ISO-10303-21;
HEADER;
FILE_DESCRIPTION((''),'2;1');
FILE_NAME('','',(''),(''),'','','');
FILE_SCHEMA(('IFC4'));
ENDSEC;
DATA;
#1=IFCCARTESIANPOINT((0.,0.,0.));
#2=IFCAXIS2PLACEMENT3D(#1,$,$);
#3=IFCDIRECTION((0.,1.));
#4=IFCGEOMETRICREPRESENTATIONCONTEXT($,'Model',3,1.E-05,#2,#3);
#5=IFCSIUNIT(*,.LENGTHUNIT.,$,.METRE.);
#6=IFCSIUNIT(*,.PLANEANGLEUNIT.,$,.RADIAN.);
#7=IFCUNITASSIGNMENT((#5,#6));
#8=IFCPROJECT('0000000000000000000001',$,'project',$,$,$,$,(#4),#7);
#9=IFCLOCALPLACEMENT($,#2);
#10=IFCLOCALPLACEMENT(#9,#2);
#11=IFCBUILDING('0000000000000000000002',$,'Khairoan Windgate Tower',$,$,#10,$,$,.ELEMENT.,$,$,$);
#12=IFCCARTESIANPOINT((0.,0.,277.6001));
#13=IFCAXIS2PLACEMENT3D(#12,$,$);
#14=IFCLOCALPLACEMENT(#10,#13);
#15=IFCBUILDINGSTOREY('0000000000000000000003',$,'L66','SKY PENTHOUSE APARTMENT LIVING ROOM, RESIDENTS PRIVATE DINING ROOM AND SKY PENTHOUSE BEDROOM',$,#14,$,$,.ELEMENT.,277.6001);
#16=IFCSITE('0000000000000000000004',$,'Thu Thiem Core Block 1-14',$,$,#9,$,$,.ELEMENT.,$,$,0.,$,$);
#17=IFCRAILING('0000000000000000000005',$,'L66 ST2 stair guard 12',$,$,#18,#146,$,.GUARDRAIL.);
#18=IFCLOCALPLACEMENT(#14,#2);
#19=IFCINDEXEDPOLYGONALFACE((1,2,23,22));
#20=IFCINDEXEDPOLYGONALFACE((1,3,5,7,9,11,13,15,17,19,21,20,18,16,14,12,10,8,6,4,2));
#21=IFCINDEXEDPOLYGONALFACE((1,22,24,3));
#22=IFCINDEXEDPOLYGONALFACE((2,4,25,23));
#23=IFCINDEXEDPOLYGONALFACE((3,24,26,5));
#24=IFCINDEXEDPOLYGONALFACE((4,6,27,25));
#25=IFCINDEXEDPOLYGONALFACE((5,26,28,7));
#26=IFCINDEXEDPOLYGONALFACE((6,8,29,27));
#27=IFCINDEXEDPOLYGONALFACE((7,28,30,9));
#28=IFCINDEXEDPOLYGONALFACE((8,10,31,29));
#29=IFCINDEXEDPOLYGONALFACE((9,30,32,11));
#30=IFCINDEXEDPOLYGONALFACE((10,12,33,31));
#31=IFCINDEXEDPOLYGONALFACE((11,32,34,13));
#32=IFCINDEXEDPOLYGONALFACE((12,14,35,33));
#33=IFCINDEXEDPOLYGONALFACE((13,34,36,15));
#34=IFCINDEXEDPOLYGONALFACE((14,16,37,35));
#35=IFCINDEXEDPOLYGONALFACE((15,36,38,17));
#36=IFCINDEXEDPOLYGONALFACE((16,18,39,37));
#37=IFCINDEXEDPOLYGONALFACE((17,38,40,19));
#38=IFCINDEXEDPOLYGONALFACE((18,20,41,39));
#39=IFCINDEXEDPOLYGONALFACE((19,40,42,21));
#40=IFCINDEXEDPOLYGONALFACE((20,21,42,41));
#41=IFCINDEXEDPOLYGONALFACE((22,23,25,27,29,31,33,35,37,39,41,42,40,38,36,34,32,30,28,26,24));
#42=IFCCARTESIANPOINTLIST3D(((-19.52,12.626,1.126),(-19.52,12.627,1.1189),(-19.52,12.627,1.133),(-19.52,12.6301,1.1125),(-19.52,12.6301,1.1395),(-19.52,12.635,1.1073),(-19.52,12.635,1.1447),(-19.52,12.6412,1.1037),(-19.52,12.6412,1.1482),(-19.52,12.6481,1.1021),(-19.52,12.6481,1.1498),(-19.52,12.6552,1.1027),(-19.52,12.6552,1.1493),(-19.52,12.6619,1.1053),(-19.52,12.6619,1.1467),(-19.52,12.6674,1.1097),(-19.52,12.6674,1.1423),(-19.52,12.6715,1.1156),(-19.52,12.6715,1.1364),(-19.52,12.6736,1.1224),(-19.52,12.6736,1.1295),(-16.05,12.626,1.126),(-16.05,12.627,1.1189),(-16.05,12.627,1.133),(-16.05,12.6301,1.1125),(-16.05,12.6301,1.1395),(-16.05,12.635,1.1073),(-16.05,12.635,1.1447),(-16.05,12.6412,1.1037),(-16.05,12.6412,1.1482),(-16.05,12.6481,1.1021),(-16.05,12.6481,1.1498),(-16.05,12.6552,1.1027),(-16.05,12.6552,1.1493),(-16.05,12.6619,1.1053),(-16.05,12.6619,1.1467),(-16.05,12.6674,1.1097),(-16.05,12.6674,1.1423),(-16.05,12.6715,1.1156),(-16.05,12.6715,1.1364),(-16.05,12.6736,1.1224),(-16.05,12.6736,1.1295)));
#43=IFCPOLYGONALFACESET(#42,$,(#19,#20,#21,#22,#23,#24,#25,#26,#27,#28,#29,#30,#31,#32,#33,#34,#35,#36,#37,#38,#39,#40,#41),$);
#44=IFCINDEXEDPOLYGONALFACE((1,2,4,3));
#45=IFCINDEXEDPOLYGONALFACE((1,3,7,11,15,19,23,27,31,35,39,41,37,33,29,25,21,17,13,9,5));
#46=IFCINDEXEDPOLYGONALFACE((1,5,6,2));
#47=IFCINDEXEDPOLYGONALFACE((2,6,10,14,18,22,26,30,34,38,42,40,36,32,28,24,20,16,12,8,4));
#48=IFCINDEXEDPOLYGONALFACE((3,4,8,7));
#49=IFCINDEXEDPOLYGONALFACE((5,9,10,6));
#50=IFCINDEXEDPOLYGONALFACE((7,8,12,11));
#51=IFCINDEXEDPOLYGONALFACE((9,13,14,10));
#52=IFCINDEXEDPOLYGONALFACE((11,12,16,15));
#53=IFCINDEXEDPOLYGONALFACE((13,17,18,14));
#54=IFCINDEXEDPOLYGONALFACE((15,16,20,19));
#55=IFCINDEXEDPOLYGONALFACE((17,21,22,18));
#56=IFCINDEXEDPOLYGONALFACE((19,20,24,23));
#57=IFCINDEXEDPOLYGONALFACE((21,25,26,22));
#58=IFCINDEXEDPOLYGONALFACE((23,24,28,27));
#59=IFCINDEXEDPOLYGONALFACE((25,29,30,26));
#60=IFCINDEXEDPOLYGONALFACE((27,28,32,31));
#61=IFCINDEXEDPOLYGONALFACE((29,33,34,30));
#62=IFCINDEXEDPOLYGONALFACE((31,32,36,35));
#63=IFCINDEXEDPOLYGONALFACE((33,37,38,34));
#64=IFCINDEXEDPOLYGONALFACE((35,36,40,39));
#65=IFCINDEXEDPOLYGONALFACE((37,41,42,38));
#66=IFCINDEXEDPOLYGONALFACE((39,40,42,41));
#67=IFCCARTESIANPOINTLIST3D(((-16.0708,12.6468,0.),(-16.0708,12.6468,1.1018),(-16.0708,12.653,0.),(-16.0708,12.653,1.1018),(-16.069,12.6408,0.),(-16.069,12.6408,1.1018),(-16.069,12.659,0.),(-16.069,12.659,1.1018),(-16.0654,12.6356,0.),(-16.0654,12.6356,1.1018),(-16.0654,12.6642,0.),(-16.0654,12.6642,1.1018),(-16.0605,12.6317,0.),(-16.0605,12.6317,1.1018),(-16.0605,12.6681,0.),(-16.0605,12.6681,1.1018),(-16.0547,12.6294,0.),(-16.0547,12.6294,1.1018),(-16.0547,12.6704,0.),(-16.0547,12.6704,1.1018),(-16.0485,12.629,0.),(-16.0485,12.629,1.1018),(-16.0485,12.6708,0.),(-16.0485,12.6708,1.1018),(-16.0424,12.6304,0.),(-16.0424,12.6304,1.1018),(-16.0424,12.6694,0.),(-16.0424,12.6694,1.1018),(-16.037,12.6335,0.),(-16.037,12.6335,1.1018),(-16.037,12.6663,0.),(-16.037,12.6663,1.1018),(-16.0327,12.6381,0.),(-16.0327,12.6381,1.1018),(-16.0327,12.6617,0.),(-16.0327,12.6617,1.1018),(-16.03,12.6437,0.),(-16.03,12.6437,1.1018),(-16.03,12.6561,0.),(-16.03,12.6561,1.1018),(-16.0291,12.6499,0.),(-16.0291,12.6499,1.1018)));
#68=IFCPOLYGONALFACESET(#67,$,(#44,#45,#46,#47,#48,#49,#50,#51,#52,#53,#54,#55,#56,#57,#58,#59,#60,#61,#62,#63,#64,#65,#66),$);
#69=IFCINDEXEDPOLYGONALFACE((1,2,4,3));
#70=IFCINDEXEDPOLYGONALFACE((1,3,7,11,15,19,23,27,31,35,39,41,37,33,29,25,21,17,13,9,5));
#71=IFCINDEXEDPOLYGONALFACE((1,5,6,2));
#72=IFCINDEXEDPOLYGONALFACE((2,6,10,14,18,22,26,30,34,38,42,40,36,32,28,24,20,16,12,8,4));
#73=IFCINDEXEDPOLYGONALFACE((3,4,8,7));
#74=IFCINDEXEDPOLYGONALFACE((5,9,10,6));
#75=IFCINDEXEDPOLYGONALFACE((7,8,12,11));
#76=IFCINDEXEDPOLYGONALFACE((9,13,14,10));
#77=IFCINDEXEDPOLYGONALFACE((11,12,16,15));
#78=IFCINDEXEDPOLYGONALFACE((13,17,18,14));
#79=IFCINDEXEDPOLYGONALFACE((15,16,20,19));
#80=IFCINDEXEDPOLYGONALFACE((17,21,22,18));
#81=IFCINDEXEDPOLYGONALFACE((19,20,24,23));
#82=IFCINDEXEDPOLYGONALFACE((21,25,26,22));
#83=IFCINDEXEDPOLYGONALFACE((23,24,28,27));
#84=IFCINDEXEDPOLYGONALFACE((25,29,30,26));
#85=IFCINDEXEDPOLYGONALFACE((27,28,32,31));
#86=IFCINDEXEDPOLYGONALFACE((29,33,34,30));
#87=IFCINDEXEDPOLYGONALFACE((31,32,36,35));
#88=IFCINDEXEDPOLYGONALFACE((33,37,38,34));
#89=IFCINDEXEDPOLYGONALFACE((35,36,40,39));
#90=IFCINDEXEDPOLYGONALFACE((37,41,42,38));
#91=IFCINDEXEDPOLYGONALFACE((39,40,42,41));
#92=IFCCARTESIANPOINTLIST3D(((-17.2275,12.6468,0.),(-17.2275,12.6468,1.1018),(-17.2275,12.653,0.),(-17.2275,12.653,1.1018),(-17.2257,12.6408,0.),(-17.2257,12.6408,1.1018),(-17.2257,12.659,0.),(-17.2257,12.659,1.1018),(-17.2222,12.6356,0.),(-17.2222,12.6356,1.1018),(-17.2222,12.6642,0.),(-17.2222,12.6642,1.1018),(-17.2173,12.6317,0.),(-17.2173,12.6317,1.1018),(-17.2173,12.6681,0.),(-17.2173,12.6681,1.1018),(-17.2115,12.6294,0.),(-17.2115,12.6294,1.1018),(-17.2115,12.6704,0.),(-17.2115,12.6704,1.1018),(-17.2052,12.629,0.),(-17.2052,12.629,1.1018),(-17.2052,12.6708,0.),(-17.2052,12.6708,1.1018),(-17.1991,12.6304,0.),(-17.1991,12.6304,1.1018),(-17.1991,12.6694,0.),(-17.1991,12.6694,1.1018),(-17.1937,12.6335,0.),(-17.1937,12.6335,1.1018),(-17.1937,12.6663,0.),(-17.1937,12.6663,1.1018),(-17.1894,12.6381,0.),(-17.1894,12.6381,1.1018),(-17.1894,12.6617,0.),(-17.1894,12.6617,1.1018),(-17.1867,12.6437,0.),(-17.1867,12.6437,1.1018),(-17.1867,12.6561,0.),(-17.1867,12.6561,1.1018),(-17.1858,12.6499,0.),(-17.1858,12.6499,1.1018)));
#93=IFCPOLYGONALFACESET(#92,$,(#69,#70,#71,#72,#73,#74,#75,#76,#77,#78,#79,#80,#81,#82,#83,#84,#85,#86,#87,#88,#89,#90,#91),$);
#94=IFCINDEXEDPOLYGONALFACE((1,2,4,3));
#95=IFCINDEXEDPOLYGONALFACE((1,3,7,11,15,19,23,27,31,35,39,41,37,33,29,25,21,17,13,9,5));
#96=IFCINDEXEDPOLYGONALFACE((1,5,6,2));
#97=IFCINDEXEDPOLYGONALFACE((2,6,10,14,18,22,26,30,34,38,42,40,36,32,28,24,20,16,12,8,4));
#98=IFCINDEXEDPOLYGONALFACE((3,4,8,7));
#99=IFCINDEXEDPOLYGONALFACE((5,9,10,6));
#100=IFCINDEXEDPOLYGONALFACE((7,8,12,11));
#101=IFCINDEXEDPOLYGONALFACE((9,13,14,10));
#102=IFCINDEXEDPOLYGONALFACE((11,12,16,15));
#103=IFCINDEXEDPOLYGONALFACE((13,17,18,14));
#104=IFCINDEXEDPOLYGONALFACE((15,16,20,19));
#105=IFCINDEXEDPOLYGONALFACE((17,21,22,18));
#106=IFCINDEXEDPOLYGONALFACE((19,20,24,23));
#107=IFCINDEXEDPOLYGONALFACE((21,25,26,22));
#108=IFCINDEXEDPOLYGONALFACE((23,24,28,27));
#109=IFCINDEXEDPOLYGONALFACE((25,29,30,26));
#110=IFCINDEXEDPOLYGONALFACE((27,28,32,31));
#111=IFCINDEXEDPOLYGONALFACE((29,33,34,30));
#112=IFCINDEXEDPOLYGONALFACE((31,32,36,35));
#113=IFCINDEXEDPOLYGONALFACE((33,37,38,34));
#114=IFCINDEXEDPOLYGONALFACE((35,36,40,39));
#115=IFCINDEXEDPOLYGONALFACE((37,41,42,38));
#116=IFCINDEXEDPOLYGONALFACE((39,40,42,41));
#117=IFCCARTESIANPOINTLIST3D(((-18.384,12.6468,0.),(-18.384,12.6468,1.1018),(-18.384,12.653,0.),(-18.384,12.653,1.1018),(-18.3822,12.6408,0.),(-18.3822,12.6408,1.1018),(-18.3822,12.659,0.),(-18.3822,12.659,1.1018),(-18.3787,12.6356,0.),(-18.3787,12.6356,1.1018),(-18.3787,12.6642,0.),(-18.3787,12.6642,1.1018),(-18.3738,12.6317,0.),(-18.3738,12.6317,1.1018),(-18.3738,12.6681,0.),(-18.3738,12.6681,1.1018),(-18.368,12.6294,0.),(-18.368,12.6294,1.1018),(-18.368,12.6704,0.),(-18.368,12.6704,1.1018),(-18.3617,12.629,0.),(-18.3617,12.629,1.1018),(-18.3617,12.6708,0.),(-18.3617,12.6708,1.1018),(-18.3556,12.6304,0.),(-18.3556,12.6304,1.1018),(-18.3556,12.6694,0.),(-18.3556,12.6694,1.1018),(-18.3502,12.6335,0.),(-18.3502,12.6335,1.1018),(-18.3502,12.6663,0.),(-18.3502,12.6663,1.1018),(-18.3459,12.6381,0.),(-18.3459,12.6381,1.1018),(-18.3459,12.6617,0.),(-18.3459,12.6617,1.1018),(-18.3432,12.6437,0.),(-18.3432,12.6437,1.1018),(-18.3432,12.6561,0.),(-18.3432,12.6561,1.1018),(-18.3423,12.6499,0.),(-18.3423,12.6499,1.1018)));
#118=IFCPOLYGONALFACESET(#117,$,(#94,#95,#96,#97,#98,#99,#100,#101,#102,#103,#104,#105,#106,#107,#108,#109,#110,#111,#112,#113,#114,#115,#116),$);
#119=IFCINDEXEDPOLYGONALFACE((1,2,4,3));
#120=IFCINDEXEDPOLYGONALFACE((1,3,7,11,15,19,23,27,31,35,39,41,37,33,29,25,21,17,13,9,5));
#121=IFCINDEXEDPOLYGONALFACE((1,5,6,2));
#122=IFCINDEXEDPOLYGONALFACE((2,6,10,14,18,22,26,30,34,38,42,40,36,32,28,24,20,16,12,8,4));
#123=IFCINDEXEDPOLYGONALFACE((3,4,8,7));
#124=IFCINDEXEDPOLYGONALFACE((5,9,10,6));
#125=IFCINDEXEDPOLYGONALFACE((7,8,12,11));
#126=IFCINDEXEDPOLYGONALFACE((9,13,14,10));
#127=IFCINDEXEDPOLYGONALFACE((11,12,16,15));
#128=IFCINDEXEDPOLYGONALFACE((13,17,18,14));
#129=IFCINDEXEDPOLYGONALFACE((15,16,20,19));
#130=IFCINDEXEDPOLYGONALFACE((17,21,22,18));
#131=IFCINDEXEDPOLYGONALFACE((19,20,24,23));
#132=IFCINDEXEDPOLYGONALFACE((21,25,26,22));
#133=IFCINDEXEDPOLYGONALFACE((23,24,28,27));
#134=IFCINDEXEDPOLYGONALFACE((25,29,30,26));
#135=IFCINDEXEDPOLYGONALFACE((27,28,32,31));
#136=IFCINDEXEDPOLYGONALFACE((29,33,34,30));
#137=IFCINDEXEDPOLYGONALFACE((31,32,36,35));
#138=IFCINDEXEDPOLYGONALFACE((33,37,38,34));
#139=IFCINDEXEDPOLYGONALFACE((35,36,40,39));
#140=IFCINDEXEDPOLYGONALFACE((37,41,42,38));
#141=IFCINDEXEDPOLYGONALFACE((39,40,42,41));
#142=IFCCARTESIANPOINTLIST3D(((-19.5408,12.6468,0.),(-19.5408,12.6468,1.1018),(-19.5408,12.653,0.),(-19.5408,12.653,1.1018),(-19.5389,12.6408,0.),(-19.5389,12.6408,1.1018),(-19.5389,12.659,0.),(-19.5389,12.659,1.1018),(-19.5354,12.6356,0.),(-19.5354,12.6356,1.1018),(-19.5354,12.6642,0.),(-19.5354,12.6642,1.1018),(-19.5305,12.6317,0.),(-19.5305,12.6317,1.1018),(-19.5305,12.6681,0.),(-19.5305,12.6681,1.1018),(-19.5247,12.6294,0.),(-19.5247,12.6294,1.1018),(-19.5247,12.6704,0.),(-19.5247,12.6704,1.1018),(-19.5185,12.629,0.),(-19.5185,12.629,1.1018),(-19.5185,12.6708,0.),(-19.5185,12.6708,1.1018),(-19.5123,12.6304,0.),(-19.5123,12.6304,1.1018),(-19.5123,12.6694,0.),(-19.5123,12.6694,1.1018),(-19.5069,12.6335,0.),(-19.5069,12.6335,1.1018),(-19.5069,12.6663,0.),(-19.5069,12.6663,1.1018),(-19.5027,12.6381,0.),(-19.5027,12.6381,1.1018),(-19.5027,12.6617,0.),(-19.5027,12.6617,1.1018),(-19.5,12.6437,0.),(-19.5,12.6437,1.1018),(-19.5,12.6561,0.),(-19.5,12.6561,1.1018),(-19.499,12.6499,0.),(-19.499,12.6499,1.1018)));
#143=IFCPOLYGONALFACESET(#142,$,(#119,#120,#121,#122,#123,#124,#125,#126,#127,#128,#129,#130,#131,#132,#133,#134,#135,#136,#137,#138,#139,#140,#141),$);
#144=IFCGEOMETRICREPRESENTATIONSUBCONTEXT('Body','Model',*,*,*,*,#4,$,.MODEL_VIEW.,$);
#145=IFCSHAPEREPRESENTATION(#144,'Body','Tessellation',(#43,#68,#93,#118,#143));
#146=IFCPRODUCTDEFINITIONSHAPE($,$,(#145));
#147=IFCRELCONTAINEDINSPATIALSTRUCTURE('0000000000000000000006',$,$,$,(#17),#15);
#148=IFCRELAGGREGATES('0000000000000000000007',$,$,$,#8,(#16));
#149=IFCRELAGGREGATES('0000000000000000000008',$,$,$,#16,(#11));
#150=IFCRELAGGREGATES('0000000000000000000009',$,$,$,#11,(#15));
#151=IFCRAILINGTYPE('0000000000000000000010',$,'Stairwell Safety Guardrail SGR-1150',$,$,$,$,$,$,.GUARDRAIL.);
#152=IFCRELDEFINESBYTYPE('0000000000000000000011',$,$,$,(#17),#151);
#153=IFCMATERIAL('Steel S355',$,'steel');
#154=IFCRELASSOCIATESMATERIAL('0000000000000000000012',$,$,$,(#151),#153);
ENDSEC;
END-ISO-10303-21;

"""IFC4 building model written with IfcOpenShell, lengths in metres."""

from ifc_helpers import new_model, si_unit, direction, frame, origin, origin_2d, place, context, subcontext, project, spatial, circle, extrude, material, type_object, element, save


model = new_model("IFC4")

# Units and contexts
model_context = context("Model", 3, precision=1e-05, world=origin(), true_north=direction((0.0, 1.0)))
body_context = subcontext(model_context, "Body", "Model", "MODEL_VIEW")
ifc_project = project(units=[si_unit("LENGTHUNIT", "METRE"), si_unit("PLANEANGLEUNIT", "RADIAN")], contexts=[model_context])

# Site, building, storey
site_placement = place(None, origin())
site = spatial("IfcSite", under=ifc_project, at=site_placement, Name="Thu Thiem Core Block 1-14", CompositionType="ELEMENT", RefElevation=0.0)
building_placement = place(site_placement, origin())
building = spatial("IfcBuilding", under=site, at=building_placement, Name="Khairoan Windgate Tower", CompositionType="ELEMENT")
storey_placement = place(building_placement, frame((0.0, 0.0, 277.6001)))
storey = spatial("IfcBuildingStorey", under=building, at=storey_placement, Name="L66", Description="SKY PENTHOUSE APARTMENT LIVING ROOM, RESIDENTS PRIVATE DINING ROOM AND SKY PENTHOUSE BEDROOM", CompositionType="ELEMENT", Elevation=277.6001)

# Railing
ifc_material_1 = material(Name="Steel S355", Category="steel")
railing_type = type_object("IfcRailingType", Name="Stairwell Safety Guardrail SGR-1150", PredefinedType="GUARDRAIL", material=ifc_material_1)
railing_1_placement = place(storey_placement, frame((-16.05, 12.6499, 0.0)))
element("IfcRailing", 1, at=railing_1_placement, inside=storey, type_object=railing_type, Name="L66 ST2 stair guard 12", PredefinedType="GUARDRAIL", context=body_context, shape_type="SweptSolid", body=[
    extrude(circle(Radius=0.0239, at=origin_2d()), frame((0.0, 0.0, 1.126), z_axis=(-1.0, 0.0, 0.0), x_axis=(0.0, -1.0, 0.0)), (0.0, 0.0, 1.0), 3.47),
    extrude(circle(Radius=0.021, at=origin_2d()), origin(), (0.0, 0.0, 1.0), 1.1018),
    extrude(circle(Radius=0.021, at=origin_2d()), frame((-1.1567, 0.0, 0.0)), (0.0, 0.0, 1.0), 1.1018),
    extrude(circle(Radius=0.021, at=origin_2d()), frame((-2.3132, 0.0, 0.0)), (0.0, 0.0, 1.0), 1.1018),
    extrude(circle(Radius=0.021, at=origin_2d()), frame((-3.47, 0.0, 0.0)), (0.0, 0.0, 1.0), 1.1018),
])

save(model, "model.ifc")
